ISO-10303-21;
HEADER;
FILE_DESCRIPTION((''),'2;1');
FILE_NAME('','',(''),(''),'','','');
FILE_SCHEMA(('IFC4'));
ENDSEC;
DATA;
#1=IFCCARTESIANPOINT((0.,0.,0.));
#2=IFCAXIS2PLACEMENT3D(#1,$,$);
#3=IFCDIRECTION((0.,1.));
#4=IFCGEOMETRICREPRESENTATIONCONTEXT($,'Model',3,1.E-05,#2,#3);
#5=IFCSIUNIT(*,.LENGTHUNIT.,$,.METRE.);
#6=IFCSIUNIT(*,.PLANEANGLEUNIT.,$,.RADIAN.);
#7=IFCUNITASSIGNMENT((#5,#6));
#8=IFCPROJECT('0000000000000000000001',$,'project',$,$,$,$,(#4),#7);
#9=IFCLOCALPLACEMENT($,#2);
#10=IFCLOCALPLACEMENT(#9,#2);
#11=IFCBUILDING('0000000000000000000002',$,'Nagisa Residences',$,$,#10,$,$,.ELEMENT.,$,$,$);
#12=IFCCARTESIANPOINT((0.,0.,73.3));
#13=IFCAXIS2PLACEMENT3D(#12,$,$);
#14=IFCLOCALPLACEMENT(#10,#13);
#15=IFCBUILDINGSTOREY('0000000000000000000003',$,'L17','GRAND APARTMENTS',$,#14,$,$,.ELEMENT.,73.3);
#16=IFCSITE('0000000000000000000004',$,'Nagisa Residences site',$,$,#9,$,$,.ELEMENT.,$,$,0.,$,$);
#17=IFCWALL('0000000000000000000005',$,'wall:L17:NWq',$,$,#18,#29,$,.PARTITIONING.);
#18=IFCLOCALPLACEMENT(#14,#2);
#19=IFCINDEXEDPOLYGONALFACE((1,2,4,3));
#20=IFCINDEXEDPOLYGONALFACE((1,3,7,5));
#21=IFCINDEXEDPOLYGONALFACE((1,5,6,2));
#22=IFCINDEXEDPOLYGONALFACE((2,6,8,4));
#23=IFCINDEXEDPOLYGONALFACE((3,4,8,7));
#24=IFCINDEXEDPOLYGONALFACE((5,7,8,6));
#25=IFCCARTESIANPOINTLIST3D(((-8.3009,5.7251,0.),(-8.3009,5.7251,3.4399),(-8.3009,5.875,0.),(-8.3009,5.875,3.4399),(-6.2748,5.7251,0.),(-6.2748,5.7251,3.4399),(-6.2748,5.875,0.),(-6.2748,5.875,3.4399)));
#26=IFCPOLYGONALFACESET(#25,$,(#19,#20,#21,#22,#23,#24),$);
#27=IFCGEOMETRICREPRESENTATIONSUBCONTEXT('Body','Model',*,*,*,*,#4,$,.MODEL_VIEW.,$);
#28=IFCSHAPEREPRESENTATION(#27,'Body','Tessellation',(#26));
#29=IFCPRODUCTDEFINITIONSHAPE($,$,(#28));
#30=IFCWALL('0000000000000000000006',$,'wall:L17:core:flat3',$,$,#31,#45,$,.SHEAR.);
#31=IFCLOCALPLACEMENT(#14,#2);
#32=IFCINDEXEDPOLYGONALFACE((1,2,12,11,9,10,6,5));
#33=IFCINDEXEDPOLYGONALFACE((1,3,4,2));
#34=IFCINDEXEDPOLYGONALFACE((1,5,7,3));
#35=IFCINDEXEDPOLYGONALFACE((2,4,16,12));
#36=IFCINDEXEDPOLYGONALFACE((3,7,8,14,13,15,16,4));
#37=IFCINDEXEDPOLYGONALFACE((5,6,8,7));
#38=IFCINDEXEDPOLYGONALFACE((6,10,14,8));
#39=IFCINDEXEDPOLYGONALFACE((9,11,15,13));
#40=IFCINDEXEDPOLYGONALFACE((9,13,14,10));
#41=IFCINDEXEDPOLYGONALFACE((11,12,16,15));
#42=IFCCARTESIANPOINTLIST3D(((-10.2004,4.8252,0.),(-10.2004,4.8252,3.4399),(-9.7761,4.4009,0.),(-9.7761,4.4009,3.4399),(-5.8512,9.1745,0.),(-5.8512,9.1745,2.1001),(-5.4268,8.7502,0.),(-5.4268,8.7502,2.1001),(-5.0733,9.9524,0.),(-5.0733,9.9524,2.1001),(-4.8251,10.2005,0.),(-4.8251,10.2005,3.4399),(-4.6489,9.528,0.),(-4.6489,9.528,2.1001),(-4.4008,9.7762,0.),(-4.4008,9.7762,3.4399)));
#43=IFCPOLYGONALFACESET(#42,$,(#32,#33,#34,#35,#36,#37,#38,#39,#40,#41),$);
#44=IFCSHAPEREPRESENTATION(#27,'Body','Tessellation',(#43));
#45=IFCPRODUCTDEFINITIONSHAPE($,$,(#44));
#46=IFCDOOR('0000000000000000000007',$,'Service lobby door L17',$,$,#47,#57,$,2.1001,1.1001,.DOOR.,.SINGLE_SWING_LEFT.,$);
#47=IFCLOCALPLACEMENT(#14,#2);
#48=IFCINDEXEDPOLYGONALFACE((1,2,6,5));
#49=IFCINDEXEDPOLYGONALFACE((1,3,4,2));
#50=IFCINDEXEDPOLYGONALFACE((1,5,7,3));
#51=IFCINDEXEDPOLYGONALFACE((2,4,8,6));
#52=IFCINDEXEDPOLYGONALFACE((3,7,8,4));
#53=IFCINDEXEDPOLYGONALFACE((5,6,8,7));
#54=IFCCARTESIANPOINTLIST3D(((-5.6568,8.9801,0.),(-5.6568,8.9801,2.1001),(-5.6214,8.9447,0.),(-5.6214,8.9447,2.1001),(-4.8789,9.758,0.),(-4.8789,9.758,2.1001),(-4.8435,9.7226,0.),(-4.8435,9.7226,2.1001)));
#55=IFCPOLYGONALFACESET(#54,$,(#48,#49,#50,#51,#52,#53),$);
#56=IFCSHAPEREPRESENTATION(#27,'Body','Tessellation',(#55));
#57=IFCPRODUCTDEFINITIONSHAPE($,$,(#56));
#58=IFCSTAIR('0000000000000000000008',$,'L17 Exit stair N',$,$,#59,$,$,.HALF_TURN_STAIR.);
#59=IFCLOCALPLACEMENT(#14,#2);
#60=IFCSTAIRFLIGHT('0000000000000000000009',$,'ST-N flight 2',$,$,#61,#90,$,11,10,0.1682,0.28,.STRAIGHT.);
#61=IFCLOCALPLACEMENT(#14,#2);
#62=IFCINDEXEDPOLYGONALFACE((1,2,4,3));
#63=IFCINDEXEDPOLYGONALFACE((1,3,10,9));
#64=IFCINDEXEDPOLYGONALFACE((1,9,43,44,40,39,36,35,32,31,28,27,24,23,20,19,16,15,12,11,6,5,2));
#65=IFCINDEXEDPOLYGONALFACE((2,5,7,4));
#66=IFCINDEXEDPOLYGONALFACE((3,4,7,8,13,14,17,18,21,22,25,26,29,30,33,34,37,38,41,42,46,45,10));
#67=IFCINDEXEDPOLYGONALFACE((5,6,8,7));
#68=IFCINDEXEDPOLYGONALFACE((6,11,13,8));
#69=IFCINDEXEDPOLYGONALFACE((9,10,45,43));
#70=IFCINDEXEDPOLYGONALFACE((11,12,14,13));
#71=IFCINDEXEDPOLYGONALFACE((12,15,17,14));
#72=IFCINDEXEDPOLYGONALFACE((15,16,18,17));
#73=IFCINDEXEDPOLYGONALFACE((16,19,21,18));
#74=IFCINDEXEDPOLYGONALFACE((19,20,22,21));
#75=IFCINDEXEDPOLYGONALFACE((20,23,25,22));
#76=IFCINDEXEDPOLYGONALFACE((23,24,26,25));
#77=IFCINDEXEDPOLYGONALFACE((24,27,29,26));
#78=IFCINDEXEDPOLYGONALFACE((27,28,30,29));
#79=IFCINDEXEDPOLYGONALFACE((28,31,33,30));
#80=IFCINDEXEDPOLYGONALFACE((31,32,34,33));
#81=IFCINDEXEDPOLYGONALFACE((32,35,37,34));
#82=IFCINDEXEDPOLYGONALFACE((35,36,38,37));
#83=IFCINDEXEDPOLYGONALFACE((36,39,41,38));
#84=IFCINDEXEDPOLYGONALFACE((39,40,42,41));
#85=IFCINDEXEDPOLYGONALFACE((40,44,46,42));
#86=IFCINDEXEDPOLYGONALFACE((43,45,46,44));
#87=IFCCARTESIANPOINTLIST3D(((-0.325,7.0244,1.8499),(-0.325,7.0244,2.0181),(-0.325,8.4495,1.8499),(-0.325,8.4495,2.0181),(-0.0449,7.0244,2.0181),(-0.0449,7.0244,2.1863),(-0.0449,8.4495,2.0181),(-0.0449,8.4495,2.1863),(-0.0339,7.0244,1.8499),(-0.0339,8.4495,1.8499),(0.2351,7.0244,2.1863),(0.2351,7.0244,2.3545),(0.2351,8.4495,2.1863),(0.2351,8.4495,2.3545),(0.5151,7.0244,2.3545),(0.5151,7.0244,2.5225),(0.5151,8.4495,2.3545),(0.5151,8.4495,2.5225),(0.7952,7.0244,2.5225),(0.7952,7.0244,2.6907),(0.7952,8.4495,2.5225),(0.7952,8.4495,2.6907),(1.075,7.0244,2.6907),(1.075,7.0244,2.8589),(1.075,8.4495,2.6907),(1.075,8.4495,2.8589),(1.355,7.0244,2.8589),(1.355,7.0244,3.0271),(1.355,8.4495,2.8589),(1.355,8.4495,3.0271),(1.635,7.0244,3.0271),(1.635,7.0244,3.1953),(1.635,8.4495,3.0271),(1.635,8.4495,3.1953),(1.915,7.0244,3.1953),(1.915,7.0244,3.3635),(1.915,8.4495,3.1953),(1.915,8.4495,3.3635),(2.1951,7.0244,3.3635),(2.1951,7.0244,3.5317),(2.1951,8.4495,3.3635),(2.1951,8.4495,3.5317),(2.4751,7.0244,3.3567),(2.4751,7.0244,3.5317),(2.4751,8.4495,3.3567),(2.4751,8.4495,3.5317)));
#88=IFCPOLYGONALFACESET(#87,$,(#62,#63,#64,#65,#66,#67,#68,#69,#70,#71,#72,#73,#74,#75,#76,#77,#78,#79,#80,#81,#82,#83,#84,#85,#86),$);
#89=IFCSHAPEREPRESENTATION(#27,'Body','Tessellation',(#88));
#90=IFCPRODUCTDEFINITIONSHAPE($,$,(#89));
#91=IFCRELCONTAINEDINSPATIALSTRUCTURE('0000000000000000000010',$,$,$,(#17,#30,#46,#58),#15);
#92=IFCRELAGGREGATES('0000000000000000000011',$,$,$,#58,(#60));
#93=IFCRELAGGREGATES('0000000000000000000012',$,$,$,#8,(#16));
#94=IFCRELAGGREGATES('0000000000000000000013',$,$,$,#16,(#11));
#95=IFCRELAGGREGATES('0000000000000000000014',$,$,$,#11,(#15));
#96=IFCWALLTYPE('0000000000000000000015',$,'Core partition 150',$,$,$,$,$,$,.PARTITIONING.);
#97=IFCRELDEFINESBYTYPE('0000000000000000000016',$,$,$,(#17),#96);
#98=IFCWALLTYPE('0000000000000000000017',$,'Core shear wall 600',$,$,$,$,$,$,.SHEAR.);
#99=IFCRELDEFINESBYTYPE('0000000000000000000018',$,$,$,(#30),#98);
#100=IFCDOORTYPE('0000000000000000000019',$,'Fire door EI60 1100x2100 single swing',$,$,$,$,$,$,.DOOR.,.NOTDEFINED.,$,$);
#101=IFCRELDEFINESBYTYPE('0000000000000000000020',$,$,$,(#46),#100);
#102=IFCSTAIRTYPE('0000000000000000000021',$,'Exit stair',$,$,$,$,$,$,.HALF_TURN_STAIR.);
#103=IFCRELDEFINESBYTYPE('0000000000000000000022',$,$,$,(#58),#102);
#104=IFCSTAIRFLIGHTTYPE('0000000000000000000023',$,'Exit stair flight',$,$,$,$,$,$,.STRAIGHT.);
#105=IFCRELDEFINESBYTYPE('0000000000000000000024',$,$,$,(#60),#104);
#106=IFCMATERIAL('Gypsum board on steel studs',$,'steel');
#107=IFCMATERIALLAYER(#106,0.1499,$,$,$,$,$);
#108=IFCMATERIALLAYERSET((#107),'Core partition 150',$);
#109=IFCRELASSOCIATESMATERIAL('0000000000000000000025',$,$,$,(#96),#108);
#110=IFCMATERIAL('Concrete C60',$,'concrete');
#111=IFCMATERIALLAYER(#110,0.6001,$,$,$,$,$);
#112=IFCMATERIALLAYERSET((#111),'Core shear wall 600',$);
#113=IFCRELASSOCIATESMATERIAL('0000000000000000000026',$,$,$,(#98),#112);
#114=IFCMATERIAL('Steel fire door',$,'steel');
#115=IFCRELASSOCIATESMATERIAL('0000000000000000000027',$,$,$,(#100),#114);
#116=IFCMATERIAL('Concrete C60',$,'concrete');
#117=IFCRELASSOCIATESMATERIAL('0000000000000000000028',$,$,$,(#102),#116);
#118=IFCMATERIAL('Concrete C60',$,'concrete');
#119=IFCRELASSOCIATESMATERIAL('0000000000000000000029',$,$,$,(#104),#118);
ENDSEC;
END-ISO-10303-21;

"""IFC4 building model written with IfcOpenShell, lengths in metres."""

from ifc_helpers import new_model, si_unit, direction, frame, frame_2d, origin, place, context, subcontext, project, spatial, polyline, rectangle, outline, extrude, material, layer, layer_set, type_object, element, fill, aggregate, save


model = new_model("IFC4")

# Units and contexts
model_context = context("Model", 3, precision=1e-05, world=origin(), true_north=direction((0.0, 1.0)))
body_context = subcontext(model_context, "Body", "Model", "MODEL_VIEW")
ifc_project = project(units=[si_unit("LENGTHUNIT", "METRE"), si_unit("PLANEANGLEUNIT", "RADIAN")], contexts=[model_context])

# Site, building, storey
site_placement = place(None, origin())
site = spatial("IfcSite", under=ifc_project, at=site_placement, Name="Nagisa Residences site", CompositionType="ELEMENT", RefElevation=0.0)
building_placement = place(site_placement, origin())
building = spatial("IfcBuilding", under=site, at=building_placement, Name="Nagisa Residences", CompositionType="ELEMENT")
storey_placement = place(building_placement, frame((0.0, 0.0, 73.3)))
storey = spatial("IfcBuildingStorey", under=building, at=storey_placement, Name="L17", Description="GRAND APARTMENTS", CompositionType="ELEMENT", Elevation=73.3)

# Wall
ifc_material_1 = material(Name="Gypsum board on steel studs", Category="steel")
ifc_layer_1 = layer(ifc_material_1, 0.1499)
ifc_layer_set_1 = layer_set([ifc_layer_1], Name="Core partition 150")
wall_type_1 = type_object("IfcWallType", Name="Core partition 150", PredefinedType="PARTITIONING", material=ifc_layer_set_1)
wall_1_placement = place(storey_placement, frame((-8.301, 5.8, 0.0), z_axis=(0.0, 0.0, 1.0), x_axis=(1.0, 0.0, 0.0)))
element("IfcWall", 1, at=wall_1_placement, inside=storey, type_object=wall_type_1, Name="wall:L17:NWq", PredefinedType="PARTITIONING", context=body_context, shape_type="SweptSolid", body=[
    extrude(rectangle(XDim=2.0261, YDim=0.1499, at=frame_2d((1.0132, 0.0))), origin(), (0.0, 0.0, 1.0), 3.4399),
])

# Wall, opening, door
ifc_material_2 = material(Name="Concrete C60", Category="concrete")
ifc_layer_2 = layer(ifc_material_2, 0.6001)
ifc_layer_set_2 = layer_set([ifc_layer_2], Name="Core shear wall 600")
wall_type_2 = type_object("IfcWallType", Name="Core shear wall 600", PredefinedType="SHEAR", material=ifc_layer_set_2)
wall_2_placement = place(storey_placement, frame((-4.613, 9.9883, 0.0), z_axis=(0.0, 0.0, 1.0), x_axis=(-0.707107, -0.707107, 0.0)))
wall_2 = element("IfcWall", 2, at=wall_2_placement, inside=storey, type_object=wall_type_2, Name="wall:L17:core:flat3", PredefinedType="SHEAR", context=body_context, shape_type="SweptSolid", body=[
    extrude(rectangle(XDim=7.6018, YDim=0.6001, at=frame_2d((3.8008, 0.0))), origin(), (0.0, 0.0, 1.0), 3.4399),
])
opening_1_placement = place(wall_2_placement, frame((0.3508, 0.0, 0.0)))
opening_1 = element("IfcOpeningElement", 3, at=opening_1_placement, cuts=wall_2, PredefinedType="OPENING", context=body_context, shape_type="SweptSolid", body=[
    extrude(rectangle(XDim=1.1001, YDim=2.1001, at=frame_2d((0.55, 1.05))), frame((0.0, 0.3101, 0.0), z_axis=(0.0, -1.0, 0.0), x_axis=(1.0, 0.0, 0.0)), (0.0, 0.0, 1.0), 0.6201),
])
ifc_material_3 = material(Name="Steel fire door", Category="steel")
door_type_1 = type_object("IfcDoorType", Name="Fire door EI60 1100x2100 single swing", OperationType="NOTDEFINED", PredefinedType="DOOR", material=ifc_material_3)
door_1_placement = place(opening_1_placement, origin())
door_1 = element("IfcDoor", 4, at=door_1_placement, inside=storey, type_object=door_type_1, Name="Service lobby door L17", OperationType="SINGLE_SWING_LEFT", OverallHeight=2.1001, OverallWidth=1.1001, PredefinedType="DOOR", context=body_context, shape_type="SweptSolid", body=[
    extrude(rectangle(XDim=1.1001, YDim=2.1001, at=frame_2d((0.55, 1.05))), frame((0.0, 0.0249, 0.0), z_axis=(0.0, -1.0, 0.0), x_axis=(1.0, 0.0, 0.0)), (0.0, 0.0, 1.0), 0.05),
])
fill(opening_1, door_1)

# Stair, stair flight
ifc_material_4 = material(Name="Concrete C60", Category="concrete")
stair_type = type_object("IfcStairType", Name="Exit stair", PredefinedType="HALF_TURN_STAIR", material=ifc_material_4)
stair_placement = place(storey_placement, origin())
stair = element("IfcStair", 5, at=stair_placement, inside=storey, type_object=stair_type, Name="L17 Exit stair N", PredefinedType="HALF_TURN_STAIR")
ifc_material_5 = material(Name="Concrete C60", Category="concrete")
stair_flight_type = type_object("IfcStairFlightType", Name="Exit stair flight", PredefinedType="STRAIGHT", material=ifc_material_5)
stair_flight_placement = place(storey_placement, frame((-0.325, 7.7371, 1.8499), z_axis=(0.0, 0.0, 1.0), x_axis=(1.0, 0.0, 0.0)))
stair_flight = element("IfcStairFlight", 6, at=stair_flight_placement, type_object=stair_flight_type, Name="ST-N flight 2", NumberOfRisers=11, NumberOfTreads=10, PredefinedType="STRAIGHT", RiserHeight=0.1682, TreadLength=0.28, context=body_context, shape_type="SweptSolid", body=[
    extrude(outline(polyline([(0.0, 0.0), (0.0, 0.1682), (0.28, 0.1682), (0.28, 0.3364), (0.5601, 0.3364), (0.5601, 0.5046), (0.8401, 0.5046), (0.8401, 0.6726), (1.1201, 0.6726), (1.1201, 0.8408), (1.3999, 0.8408), (1.3999, 1.009), (1.6799, 1.009), (1.6799, 1.1772), (1.96, 1.1772), (1.96, 1.3455), (2.24, 1.3455), (2.24, 1.5137), (2.52, 1.5137), (2.52, 1.6819), (2.8, 1.6819), (2.8, 1.8501), (2.8, 1.5068), (0.291, 0.0), (0.0, 0.0)])), frame((0.0, 0.7124, 0.0), z_axis=(0.0, -1.0, 0.0), x_axis=(1.0, 0.0, 0.0)), (0.0, 0.0, 1.0), 1.425),
])
aggregate(stair, [stair_flight])

save(model, "model.ifc")
